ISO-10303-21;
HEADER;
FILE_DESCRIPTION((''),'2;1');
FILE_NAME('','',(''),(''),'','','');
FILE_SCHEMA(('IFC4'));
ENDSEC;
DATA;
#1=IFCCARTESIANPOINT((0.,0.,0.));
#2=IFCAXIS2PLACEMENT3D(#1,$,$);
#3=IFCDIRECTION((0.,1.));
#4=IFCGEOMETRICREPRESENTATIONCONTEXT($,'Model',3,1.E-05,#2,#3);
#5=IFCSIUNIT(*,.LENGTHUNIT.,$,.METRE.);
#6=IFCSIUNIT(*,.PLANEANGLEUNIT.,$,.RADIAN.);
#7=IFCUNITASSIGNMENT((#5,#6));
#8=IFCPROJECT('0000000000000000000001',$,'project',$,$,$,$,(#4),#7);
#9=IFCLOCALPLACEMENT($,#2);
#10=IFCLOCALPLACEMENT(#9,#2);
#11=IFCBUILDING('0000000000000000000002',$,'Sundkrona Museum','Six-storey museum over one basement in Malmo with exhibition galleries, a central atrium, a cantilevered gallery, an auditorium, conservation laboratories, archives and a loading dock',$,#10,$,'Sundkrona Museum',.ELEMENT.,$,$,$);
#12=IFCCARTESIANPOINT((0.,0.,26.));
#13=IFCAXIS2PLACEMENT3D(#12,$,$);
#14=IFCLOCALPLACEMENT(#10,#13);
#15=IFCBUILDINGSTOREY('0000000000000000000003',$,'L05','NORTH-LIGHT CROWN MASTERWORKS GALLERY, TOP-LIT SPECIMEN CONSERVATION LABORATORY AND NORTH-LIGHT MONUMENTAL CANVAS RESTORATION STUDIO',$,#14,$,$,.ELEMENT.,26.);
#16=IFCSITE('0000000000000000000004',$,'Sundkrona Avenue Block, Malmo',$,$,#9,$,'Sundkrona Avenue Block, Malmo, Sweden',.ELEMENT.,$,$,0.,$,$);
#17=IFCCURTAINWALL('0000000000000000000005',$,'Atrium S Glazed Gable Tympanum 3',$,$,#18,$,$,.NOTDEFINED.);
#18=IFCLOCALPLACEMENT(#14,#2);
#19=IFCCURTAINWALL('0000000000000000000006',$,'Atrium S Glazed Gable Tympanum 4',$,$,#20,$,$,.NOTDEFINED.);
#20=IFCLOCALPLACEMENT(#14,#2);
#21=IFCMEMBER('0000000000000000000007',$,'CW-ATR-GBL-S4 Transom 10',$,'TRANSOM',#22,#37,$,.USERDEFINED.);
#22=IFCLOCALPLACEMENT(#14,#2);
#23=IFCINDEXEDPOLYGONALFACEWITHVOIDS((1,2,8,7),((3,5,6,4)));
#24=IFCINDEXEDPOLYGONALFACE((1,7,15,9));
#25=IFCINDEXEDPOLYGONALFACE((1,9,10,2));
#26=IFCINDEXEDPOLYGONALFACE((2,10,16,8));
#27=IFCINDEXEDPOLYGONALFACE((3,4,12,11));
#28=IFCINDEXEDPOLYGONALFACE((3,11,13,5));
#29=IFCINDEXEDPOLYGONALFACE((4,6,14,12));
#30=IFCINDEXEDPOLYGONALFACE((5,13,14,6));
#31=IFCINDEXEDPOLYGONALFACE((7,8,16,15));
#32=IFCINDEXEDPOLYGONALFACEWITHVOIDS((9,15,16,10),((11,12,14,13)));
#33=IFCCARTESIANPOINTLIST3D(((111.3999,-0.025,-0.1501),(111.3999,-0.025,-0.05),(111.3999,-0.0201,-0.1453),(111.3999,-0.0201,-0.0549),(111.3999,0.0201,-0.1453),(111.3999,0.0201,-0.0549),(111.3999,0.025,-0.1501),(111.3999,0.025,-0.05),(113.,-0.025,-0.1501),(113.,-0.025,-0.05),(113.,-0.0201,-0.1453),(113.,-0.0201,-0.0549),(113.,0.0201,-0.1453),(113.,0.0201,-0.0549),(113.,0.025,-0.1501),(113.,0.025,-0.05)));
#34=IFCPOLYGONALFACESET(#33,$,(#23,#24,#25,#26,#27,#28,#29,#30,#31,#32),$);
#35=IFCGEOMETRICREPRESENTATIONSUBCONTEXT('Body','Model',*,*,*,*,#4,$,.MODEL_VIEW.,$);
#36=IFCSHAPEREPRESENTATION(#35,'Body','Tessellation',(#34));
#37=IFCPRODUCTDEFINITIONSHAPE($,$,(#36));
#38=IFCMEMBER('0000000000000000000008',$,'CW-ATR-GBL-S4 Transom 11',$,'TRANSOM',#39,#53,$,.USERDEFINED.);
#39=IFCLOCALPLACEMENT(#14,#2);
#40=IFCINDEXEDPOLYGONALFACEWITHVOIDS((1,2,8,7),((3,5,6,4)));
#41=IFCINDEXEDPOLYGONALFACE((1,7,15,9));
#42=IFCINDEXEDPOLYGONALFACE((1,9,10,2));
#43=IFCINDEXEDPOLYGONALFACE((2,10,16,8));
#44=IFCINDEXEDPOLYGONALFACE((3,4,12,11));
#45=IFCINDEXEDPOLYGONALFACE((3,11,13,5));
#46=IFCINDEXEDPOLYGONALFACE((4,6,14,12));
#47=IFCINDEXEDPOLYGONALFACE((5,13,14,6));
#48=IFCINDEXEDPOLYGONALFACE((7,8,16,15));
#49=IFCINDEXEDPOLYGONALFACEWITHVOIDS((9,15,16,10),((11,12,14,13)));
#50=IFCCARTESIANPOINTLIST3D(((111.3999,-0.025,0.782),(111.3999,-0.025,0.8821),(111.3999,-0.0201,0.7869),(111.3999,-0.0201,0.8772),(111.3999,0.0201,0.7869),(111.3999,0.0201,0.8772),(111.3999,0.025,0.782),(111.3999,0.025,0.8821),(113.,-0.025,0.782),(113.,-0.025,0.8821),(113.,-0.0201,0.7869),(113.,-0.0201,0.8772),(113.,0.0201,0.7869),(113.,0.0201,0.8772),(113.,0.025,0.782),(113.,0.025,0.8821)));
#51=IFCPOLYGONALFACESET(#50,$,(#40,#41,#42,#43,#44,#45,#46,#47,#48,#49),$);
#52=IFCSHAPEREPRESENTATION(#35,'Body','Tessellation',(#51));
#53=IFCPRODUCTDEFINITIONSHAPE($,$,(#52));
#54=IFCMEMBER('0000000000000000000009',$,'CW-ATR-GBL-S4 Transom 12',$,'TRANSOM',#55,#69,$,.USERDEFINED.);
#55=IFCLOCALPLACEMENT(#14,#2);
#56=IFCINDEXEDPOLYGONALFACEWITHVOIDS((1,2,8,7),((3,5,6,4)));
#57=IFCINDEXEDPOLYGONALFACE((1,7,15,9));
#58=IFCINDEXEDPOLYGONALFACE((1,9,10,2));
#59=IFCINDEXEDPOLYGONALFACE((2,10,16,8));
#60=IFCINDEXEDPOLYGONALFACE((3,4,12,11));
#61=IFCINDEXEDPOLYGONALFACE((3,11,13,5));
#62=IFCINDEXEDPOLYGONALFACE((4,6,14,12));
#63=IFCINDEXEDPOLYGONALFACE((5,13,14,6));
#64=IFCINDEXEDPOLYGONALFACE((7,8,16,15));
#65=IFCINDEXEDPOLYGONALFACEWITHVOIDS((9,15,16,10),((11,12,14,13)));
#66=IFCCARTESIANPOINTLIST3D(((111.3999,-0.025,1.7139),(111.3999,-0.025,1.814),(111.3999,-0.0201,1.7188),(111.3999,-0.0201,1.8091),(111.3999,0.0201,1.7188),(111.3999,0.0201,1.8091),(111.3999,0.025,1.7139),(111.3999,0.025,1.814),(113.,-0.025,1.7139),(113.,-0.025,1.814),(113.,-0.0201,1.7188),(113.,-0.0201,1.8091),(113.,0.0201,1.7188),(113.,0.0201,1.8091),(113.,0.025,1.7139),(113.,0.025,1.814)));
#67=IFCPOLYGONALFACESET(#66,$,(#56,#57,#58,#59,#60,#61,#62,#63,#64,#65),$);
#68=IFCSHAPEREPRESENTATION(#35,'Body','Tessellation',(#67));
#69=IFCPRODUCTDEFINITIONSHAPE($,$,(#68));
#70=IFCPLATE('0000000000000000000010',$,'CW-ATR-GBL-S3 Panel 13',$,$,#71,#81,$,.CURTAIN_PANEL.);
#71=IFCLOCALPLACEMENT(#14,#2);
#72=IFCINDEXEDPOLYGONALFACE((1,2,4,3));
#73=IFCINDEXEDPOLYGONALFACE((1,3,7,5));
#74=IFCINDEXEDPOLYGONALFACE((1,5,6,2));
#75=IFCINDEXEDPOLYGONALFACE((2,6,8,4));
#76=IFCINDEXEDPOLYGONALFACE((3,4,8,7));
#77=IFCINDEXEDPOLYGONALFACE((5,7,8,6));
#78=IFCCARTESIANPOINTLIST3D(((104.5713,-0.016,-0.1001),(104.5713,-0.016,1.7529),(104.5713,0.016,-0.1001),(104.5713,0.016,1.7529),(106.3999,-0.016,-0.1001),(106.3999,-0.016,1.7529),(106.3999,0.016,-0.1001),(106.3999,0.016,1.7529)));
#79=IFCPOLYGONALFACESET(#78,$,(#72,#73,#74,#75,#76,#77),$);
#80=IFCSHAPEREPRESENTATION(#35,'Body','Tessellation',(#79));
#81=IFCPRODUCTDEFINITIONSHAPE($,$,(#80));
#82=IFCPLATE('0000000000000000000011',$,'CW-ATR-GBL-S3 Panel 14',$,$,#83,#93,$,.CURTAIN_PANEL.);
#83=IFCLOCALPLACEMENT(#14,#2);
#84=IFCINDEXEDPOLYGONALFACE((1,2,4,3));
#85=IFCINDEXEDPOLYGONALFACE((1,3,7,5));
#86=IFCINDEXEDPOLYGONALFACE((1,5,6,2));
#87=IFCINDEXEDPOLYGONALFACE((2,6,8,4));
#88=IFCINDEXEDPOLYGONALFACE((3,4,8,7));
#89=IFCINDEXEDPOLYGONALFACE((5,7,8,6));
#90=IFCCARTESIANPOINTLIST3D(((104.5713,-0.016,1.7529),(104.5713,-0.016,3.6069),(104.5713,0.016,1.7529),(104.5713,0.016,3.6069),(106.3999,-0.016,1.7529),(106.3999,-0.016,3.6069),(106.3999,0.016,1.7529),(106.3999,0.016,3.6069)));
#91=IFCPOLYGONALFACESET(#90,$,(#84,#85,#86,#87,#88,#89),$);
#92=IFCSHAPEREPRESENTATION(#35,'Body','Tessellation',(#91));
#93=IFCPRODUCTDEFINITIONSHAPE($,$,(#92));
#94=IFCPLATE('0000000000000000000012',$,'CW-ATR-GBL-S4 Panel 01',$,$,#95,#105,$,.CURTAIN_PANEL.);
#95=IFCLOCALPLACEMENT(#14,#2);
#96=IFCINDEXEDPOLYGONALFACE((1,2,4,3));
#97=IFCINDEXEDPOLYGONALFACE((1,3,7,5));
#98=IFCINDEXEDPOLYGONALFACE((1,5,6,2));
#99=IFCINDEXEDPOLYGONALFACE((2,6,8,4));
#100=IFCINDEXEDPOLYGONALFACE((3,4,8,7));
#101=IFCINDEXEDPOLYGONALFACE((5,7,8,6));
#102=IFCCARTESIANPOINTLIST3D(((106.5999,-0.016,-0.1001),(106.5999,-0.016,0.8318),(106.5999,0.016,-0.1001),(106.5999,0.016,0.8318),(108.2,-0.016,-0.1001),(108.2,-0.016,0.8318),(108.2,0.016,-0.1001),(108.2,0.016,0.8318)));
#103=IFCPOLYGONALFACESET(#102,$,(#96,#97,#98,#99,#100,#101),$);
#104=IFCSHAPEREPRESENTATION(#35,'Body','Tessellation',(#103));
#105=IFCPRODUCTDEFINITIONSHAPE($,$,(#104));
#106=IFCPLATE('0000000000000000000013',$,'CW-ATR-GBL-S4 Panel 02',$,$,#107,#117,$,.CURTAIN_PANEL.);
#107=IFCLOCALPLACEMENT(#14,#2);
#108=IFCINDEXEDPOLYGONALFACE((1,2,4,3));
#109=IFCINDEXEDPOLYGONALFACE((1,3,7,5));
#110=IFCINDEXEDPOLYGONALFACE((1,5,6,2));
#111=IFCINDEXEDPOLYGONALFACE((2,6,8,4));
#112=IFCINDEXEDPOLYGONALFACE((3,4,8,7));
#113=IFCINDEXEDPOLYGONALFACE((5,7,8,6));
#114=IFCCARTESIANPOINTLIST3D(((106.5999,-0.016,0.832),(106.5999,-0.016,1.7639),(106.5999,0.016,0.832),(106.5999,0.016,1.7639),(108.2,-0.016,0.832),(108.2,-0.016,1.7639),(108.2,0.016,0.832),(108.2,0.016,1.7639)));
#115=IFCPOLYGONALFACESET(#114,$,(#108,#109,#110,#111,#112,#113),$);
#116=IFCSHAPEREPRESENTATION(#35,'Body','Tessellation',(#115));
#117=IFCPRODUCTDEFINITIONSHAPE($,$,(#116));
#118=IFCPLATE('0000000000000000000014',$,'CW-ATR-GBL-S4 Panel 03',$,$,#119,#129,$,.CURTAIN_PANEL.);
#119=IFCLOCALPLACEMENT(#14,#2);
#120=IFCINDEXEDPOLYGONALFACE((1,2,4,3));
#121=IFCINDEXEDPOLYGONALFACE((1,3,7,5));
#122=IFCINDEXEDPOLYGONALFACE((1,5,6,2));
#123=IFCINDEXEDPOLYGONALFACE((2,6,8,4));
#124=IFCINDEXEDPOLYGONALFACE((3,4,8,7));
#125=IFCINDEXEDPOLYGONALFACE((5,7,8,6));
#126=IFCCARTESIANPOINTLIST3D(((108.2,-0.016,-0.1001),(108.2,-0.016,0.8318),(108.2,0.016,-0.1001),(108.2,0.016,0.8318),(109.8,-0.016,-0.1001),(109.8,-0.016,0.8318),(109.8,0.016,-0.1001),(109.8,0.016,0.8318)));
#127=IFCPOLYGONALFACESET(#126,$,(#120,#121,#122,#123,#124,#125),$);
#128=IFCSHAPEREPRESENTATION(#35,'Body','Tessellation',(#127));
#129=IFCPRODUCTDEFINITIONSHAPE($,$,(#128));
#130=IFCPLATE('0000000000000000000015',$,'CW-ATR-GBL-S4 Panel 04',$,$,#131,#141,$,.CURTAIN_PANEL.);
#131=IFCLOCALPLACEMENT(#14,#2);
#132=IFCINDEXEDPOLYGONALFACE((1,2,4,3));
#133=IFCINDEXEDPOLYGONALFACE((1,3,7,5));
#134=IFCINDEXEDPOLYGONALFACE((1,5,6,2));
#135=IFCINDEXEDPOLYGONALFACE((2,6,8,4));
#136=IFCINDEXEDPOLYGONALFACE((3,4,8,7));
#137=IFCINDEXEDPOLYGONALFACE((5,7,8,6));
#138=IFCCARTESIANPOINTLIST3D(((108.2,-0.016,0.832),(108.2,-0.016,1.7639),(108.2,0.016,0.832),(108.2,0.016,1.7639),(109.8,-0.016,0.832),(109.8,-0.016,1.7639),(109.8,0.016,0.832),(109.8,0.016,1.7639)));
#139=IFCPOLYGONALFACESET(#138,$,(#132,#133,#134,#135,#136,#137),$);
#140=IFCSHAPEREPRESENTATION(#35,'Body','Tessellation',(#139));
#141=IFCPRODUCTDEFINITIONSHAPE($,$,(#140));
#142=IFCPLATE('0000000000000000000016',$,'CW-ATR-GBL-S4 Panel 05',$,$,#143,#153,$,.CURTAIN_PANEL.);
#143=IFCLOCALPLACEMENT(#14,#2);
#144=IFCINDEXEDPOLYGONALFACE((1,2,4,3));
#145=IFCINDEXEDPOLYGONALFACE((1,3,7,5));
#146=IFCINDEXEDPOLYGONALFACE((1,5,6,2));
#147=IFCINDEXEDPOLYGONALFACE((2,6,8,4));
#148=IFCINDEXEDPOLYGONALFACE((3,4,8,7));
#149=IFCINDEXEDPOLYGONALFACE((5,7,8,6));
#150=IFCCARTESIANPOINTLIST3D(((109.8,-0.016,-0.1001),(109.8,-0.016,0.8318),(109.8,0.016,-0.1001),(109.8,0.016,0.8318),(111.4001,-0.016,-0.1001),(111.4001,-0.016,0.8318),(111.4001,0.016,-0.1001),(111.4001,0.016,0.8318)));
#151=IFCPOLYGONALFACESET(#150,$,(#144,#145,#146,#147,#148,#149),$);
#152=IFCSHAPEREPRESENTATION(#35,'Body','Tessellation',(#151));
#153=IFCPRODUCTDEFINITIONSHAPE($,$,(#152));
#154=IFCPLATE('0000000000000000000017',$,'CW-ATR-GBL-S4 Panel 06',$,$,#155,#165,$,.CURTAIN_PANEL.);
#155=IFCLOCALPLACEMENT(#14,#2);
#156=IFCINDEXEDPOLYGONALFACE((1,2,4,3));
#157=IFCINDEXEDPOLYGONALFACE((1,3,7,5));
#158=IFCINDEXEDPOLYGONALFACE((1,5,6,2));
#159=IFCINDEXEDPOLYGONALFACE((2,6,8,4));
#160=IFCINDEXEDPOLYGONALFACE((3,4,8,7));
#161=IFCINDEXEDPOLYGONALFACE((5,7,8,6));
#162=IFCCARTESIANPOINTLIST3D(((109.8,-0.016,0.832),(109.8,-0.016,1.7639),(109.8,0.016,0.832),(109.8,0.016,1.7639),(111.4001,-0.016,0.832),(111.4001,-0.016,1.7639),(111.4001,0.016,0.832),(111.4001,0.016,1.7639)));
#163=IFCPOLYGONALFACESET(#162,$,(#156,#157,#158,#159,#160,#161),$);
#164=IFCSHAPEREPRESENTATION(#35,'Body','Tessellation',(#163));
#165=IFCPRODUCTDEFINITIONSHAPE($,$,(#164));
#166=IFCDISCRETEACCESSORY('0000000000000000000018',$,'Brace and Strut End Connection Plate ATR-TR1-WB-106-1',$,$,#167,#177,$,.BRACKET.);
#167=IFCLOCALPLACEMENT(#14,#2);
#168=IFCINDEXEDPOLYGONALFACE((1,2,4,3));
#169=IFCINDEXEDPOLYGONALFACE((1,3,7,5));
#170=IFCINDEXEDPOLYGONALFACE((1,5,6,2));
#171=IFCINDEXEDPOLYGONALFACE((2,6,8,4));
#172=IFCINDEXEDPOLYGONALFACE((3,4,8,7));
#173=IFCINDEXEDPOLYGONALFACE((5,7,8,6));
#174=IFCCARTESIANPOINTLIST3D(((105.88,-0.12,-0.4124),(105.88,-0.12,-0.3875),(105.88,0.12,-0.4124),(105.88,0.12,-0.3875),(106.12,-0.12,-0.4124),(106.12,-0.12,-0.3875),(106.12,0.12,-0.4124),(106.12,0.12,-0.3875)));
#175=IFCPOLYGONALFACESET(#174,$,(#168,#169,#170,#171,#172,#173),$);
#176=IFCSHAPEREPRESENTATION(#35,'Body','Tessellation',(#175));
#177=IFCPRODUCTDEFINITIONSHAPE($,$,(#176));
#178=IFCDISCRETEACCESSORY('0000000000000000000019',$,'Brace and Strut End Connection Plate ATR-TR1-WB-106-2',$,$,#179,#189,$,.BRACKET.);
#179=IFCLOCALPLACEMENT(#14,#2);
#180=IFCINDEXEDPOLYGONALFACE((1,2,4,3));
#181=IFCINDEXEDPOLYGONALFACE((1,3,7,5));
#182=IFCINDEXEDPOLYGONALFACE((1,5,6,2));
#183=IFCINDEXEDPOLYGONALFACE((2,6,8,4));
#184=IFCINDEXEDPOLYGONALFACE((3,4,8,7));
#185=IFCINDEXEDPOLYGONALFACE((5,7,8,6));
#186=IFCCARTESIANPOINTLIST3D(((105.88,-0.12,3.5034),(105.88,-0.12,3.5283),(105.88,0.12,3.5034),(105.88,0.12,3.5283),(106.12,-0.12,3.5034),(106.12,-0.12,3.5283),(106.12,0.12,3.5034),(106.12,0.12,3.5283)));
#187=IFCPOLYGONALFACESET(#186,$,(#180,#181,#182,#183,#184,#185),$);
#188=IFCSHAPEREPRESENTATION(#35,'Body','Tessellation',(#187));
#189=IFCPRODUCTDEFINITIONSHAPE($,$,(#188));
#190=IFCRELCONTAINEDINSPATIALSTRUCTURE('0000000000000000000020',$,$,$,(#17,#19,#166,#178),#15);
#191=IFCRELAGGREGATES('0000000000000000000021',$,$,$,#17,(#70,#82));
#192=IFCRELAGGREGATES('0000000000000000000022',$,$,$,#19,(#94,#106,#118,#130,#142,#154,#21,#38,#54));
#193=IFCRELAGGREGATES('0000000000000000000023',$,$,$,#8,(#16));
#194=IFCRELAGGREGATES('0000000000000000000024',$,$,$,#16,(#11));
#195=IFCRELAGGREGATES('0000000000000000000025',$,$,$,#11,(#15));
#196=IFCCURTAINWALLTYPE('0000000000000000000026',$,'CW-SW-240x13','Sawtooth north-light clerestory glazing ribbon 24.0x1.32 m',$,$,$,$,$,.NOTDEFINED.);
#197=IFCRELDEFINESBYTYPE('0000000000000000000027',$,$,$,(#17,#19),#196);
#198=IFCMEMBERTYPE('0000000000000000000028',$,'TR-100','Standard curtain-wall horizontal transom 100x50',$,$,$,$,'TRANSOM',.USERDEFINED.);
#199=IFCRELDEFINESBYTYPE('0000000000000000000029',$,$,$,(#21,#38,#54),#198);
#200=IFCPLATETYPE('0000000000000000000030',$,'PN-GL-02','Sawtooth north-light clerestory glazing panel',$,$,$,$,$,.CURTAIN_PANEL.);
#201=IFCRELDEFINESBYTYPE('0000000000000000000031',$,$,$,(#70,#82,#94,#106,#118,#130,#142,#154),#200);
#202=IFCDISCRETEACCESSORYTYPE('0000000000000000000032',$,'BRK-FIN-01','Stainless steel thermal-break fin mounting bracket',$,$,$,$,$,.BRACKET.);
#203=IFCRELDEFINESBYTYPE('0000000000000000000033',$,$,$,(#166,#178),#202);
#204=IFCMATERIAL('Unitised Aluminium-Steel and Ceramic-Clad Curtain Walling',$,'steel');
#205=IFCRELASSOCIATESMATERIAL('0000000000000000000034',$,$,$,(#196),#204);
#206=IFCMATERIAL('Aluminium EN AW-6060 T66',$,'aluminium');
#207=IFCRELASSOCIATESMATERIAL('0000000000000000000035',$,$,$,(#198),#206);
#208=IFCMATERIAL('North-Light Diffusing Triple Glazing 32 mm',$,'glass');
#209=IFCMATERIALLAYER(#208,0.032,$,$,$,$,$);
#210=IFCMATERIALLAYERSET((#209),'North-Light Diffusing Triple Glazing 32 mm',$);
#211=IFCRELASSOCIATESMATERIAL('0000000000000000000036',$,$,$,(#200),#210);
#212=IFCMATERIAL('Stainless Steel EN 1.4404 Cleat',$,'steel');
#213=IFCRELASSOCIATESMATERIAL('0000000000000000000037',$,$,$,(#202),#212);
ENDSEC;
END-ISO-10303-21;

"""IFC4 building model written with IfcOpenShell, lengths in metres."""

from ifc_helpers import new_model, si_unit, direction, frame, origin, origin_2d, place, context, subcontext, project, spatial, rectangle, hollow_rectangle, extrude, material, layer, layer_set, material_profile, profile_set, type_object, element, aggregate, save


model = new_model("IFC4")

# Units and contexts
model_context = context("Model", 3, precision=1e-05, world=origin(), true_north=direction((0.0, 1.0)))
body_context = subcontext(model_context, "Body", "Model", "MODEL_VIEW")
ifc_project = project(units=[si_unit("LENGTHUNIT", "METRE"), si_unit("PLANEANGLEUNIT", "RADIAN")], contexts=[model_context])

# Site, building, storey
site_placement = place(None, origin())
site = spatial("IfcSite", under=ifc_project, at=site_placement, Name="Sundkrona Avenue Block, Malmo", LongName="Sundkrona Avenue Block, Malmo, Sweden", CompositionType="ELEMENT", RefElevation=0.0)
building_placement = place(site_placement, origin())
building = spatial("IfcBuilding", under=site, at=building_placement, Name="Sundkrona Museum", Description="Six-storey museum over one basement in Malmo with exhibition galleries, a central atrium, a cantilevered gallery, an auditorium, conservation laboratories, archives and a loading dock", LongName="Sundkrona Museum", CompositionType="ELEMENT")
storey_placement = place(building_placement, frame((0.0, 0.0, 26.0)))
storey = spatial("IfcBuildingStorey", under=building, at=storey_placement, Name="L05", Description="NORTH-LIGHT CROWN MASTERWORKS GALLERY, TOP-LIT SPECIMEN CONSERVATION LABORATORY AND NORTH-LIGHT MONUMENTAL CANVAS RESTORATION STUDIO", CompositionType="ELEMENT", Elevation=26.0)

# Curtain wall
ifc_material_1 = material(Name="Unitised Aluminium-Steel and Ceramic-Clad Curtain Walling", Category="steel")
curtain_wall_type = type_object("IfcCurtainWallType", Name="CW-SW-240x13", Description="Sawtooth north-light clerestory glazing ribbon 24.0x1.32 m", PredefinedType="NOTDEFINED", material=ifc_material_1)
curtain_wall_1_placement = place(storey_placement, origin())
curtain_wall_1 = element("IfcCurtainWall", 1, at=curtain_wall_1_placement, inside=storey, type_object=curtain_wall_type, Name="Atrium S Glazed Gable Tympanum 3", PredefinedType="NOTDEFINED")
ifc_material_2 = material(Name="Aluminium EN AW-6060 T66", Category="aluminium")

# Curtain wall
curtain_wall_2_placement = place(storey_placement, origin())
curtain_wall_2 = element("IfcCurtainWall", 2, at=curtain_wall_2_placement, inside=storey, type_object=curtain_wall_type, Name="Atrium S Glazed Gable Tympanum 4", PredefinedType="NOTDEFINED")

# Members
ifc_material_profile_1 = material_profile(ifc_material_2, hollow_rectangle(XDim=0.05, YDim=0.1001, WallThickness=0.0049, at=origin_2d()), Name="RHS 100x50x5.0")
ifc_profile_set_1 = profile_set([ifc_material_profile_1], Name="Aluminium EN AW-6060 T66")
member_type_1 = type_object("IfcMemberType", Name="TR-100", Description="Standard curtain-wall horizontal transom 100x50", ElementType="TRANSOM", PredefinedType="USERDEFINED", material=ifc_profile_set_1)
member_1_placement = place(storey_placement, frame((111.3999, 0.0, -0.1001), z_axis=(1.0, 0.0, 0.0), x_axis=(0.0, 1.0, 0.0)))
member_1 = element("IfcMember", 3, at=member_1_placement, type_object=member_type_1, Name="CW-ATR-GBL-S4 Transom 10", ObjectType="TRANSOM", PredefinedType="USERDEFINED", context=body_context, shape_type="SweptSolid", body=[
    extrude(hollow_rectangle(XDim=0.05, YDim=0.1001, WallThickness=0.0049, at=origin_2d()), origin(), (0.0, 0.0, 1.0), 1.6001),
])
member_2_placement = place(storey_placement, frame((111.3999, 0.0, 0.832), z_axis=(1.0, 0.0, 0.0), x_axis=(0.0, 1.0, 0.0)))
member_2 = element("IfcMember", 4, at=member_2_placement, type_object=member_type_1, Name="CW-ATR-GBL-S4 Transom 11", ObjectType="TRANSOM", PredefinedType="USERDEFINED", context=body_context, shape_type="SweptSolid", body=[
    extrude(hollow_rectangle(XDim=0.05, YDim=0.1001, WallThickness=0.0049, at=origin_2d()), origin(), (0.0, 0.0, 1.0), 1.6001),
])
member_3_placement = place(storey_placement, frame((111.3999, 0.0, 1.7639), z_axis=(1.0, 0.0, 0.0), x_axis=(0.0, 1.0, 0.0)))
member_3 = element("IfcMember", 5, at=member_3_placement, type_object=member_type_1, Name="CW-ATR-GBL-S4 Transom 12", ObjectType="TRANSOM", PredefinedType="USERDEFINED", context=body_context, shape_type="SweptSolid", body=[
    extrude(hollow_rectangle(XDim=0.05, YDim=0.1001, WallThickness=0.0049, at=origin_2d()), origin(), (0.0, 0.0, 1.0), 1.6001),
])

# Plates
ifc_material_3 = material(Name="North-Light Diffusing Triple Glazing 32 mm", Category="glass")
ifc_layer = layer(ifc_material_3, 0.032)
ifc_layer_set = layer_set([ifc_layer], Name="North-Light Diffusing Triple Glazing 32 mm")
plate_type = type_object("IfcPlateType", Name="PN-GL-02", Description="Sawtooth north-light clerestory glazing panel", PredefinedType="CURTAIN_PANEL", material=ifc_layer_set)
plate_1_placement = place(storey_placement, frame((105.4856, 0.0, -0.1001), z_axis=(0.0, 0.0, 1.0), x_axis=(1.0, 0.0, 0.0)))
plate_1 = element("IfcPlate", 6, at=plate_1_placement, type_object=plate_type, Name="CW-ATR-GBL-S3 Panel 13", PredefinedType="CURTAIN_PANEL", context=body_context, shape_type="SweptSolid", body=[
    extrude(rectangle(XDim=1.8286, YDim=0.032, at=origin_2d()), origin(), (0.0, 0.0, 1.0), 1.853),
])
plate_2_placement = place(storey_placement, frame((105.4856, 0.0, 1.7529), z_axis=(0.0, 0.0, 1.0), x_axis=(1.0, 0.0, 0.0)))
plate_2 = element("IfcPlate", 7, at=plate_2_placement, type_object=plate_type, Name="CW-ATR-GBL-S3 Panel 14", PredefinedType="CURTAIN_PANEL", context=body_context, shape_type="SweptSolid", body=[
    extrude(rectangle(XDim=1.8286, YDim=0.032, at=origin_2d()), origin(), (0.0, 0.0, 1.0), 1.854),
])
aggregate(curtain_wall_1, [plate_1, plate_2])
plate_3_placement = place(storey_placement, frame((107.3999, 0.0, -0.1001), z_axis=(0.0, 0.0, 1.0), x_axis=(1.0, 0.0, 0.0)))
plate_3 = element("IfcPlate", 8, at=plate_3_placement, type_object=plate_type, Name="CW-ATR-GBL-S4 Panel 01", PredefinedType="CURTAIN_PANEL", context=body_context, shape_type="SweptSolid", body=[
    extrude(rectangle(XDim=1.6001, YDim=0.032, at=origin_2d()), origin(), (0.0, 0.0, 1.0), 0.9319),
])
plate_4_placement = place(storey_placement, frame((107.3999, 0.0, 0.832), z_axis=(0.0, 0.0, 1.0), x_axis=(1.0, 0.0, 0.0)))
plate_4 = element("IfcPlate", 9, at=plate_4_placement, type_object=plate_type, Name="CW-ATR-GBL-S4 Panel 02", PredefinedType="CURTAIN_PANEL", context=body_context, shape_type="SweptSolid", body=[
    extrude(rectangle(XDim=1.6001, YDim=0.032, at=origin_2d()), origin(), (0.0, 0.0, 1.0), 0.9319),
])
plate_5_placement = place(storey_placement, frame((109.0, 0.0, -0.1001), z_axis=(0.0, 0.0, 1.0), x_axis=(1.0, 0.0, 0.0)))
plate_5 = element("IfcPlate", 10, at=plate_5_placement, type_object=plate_type, Name="CW-ATR-GBL-S4 Panel 03", PredefinedType="CURTAIN_PANEL", context=body_context, shape_type="SweptSolid", body=[
    extrude(rectangle(XDim=1.6001, YDim=0.032, at=origin_2d()), origin(), (0.0, 0.0, 1.0), 0.9319),
])
plate_6_placement = place(storey_placement, frame((109.0, 0.0, 0.832), z_axis=(0.0, 0.0, 1.0), x_axis=(1.0, 0.0, 0.0)))
plate_6 = element("IfcPlate", 11, at=plate_6_placement, type_object=plate_type, Name="CW-ATR-GBL-S4 Panel 04", PredefinedType="CURTAIN_PANEL", context=body_context, shape_type="SweptSolid", body=[
    extrude(rectangle(XDim=1.6001, YDim=0.032, at=origin_2d()), origin(), (0.0, 0.0, 1.0), 0.9319),
])
plate_7_placement = place(storey_placement, frame((110.6001, 0.0, -0.1001), z_axis=(0.0, 0.0, 1.0), x_axis=(1.0, 0.0, 0.0)))
plate_7 = element("IfcPlate", 12, at=plate_7_placement, type_object=plate_type, Name="CW-ATR-GBL-S4 Panel 05", PredefinedType="CURTAIN_PANEL", context=body_context, shape_type="SweptSolid", body=[
    extrude(rectangle(XDim=1.6001, YDim=0.032, at=origin_2d()), origin(), (0.0, 0.0, 1.0), 0.9319),
])
plate_8_placement = place(storey_placement, frame((110.6001, 0.0, 0.832), z_axis=(0.0, 0.0, 1.0), x_axis=(1.0, 0.0, 0.0)))
plate_8 = element("IfcPlate", 13, at=plate_8_placement, type_object=plate_type, Name="CW-ATR-GBL-S4 Panel 06", PredefinedType="CURTAIN_PANEL", context=body_context, shape_type="SweptSolid", body=[
    extrude(rectangle(XDim=1.6001, YDim=0.032, at=origin_2d()), origin(), (0.0, 0.0, 1.0), 0.9319),
])
aggregate(curtain_wall_2, [plate_3, plate_4, plate_5, plate_6, plate_7, plate_8, member_1, member_2, member_3])

# Discrete accessories
ifc_material_4 = material(Name="Stainless Steel EN 1.4404 Cleat", Category="steel")
discrete_accessory_type = type_object("IfcDiscreteAccessoryType", Name="BRK-FIN-01", Description="Stainless steel thermal-break fin mounting bracket", PredefinedType="BRACKET", material=ifc_material_4)
for number, where, z_axis, x_axis, name in (
    (14, (106.0, 0.0, -0.4124), (0.0, 0.0, 1.0), (1.0, 0.0, 0.0), "Brace and Strut End Connection Plate ATR-TR1-WB-106-1"),
    (15, (106.0, 0.0, 3.5034), (0.0, 0.0, 1.0), (1.0, 0.0, 0.0), "Brace and Strut End Connection Plate ATR-TR1-WB-106-2"),
):
    element("IfcDiscreteAccessory", number, at=place(storey_placement, frame(where, z_axis=z_axis, x_axis=x_axis)), inside=storey, type_object=discrete_accessory_type, Name=name, PredefinedType="BRACKET", context=body_context, shape_type="SweptSolid", body=[
        extrude(rectangle(XDim=0.24, YDim=0.24, at=origin_2d()), origin(), (0.0, 0.0, 1.0), 0.0249),
    ])

save(model, "model.ifc")
